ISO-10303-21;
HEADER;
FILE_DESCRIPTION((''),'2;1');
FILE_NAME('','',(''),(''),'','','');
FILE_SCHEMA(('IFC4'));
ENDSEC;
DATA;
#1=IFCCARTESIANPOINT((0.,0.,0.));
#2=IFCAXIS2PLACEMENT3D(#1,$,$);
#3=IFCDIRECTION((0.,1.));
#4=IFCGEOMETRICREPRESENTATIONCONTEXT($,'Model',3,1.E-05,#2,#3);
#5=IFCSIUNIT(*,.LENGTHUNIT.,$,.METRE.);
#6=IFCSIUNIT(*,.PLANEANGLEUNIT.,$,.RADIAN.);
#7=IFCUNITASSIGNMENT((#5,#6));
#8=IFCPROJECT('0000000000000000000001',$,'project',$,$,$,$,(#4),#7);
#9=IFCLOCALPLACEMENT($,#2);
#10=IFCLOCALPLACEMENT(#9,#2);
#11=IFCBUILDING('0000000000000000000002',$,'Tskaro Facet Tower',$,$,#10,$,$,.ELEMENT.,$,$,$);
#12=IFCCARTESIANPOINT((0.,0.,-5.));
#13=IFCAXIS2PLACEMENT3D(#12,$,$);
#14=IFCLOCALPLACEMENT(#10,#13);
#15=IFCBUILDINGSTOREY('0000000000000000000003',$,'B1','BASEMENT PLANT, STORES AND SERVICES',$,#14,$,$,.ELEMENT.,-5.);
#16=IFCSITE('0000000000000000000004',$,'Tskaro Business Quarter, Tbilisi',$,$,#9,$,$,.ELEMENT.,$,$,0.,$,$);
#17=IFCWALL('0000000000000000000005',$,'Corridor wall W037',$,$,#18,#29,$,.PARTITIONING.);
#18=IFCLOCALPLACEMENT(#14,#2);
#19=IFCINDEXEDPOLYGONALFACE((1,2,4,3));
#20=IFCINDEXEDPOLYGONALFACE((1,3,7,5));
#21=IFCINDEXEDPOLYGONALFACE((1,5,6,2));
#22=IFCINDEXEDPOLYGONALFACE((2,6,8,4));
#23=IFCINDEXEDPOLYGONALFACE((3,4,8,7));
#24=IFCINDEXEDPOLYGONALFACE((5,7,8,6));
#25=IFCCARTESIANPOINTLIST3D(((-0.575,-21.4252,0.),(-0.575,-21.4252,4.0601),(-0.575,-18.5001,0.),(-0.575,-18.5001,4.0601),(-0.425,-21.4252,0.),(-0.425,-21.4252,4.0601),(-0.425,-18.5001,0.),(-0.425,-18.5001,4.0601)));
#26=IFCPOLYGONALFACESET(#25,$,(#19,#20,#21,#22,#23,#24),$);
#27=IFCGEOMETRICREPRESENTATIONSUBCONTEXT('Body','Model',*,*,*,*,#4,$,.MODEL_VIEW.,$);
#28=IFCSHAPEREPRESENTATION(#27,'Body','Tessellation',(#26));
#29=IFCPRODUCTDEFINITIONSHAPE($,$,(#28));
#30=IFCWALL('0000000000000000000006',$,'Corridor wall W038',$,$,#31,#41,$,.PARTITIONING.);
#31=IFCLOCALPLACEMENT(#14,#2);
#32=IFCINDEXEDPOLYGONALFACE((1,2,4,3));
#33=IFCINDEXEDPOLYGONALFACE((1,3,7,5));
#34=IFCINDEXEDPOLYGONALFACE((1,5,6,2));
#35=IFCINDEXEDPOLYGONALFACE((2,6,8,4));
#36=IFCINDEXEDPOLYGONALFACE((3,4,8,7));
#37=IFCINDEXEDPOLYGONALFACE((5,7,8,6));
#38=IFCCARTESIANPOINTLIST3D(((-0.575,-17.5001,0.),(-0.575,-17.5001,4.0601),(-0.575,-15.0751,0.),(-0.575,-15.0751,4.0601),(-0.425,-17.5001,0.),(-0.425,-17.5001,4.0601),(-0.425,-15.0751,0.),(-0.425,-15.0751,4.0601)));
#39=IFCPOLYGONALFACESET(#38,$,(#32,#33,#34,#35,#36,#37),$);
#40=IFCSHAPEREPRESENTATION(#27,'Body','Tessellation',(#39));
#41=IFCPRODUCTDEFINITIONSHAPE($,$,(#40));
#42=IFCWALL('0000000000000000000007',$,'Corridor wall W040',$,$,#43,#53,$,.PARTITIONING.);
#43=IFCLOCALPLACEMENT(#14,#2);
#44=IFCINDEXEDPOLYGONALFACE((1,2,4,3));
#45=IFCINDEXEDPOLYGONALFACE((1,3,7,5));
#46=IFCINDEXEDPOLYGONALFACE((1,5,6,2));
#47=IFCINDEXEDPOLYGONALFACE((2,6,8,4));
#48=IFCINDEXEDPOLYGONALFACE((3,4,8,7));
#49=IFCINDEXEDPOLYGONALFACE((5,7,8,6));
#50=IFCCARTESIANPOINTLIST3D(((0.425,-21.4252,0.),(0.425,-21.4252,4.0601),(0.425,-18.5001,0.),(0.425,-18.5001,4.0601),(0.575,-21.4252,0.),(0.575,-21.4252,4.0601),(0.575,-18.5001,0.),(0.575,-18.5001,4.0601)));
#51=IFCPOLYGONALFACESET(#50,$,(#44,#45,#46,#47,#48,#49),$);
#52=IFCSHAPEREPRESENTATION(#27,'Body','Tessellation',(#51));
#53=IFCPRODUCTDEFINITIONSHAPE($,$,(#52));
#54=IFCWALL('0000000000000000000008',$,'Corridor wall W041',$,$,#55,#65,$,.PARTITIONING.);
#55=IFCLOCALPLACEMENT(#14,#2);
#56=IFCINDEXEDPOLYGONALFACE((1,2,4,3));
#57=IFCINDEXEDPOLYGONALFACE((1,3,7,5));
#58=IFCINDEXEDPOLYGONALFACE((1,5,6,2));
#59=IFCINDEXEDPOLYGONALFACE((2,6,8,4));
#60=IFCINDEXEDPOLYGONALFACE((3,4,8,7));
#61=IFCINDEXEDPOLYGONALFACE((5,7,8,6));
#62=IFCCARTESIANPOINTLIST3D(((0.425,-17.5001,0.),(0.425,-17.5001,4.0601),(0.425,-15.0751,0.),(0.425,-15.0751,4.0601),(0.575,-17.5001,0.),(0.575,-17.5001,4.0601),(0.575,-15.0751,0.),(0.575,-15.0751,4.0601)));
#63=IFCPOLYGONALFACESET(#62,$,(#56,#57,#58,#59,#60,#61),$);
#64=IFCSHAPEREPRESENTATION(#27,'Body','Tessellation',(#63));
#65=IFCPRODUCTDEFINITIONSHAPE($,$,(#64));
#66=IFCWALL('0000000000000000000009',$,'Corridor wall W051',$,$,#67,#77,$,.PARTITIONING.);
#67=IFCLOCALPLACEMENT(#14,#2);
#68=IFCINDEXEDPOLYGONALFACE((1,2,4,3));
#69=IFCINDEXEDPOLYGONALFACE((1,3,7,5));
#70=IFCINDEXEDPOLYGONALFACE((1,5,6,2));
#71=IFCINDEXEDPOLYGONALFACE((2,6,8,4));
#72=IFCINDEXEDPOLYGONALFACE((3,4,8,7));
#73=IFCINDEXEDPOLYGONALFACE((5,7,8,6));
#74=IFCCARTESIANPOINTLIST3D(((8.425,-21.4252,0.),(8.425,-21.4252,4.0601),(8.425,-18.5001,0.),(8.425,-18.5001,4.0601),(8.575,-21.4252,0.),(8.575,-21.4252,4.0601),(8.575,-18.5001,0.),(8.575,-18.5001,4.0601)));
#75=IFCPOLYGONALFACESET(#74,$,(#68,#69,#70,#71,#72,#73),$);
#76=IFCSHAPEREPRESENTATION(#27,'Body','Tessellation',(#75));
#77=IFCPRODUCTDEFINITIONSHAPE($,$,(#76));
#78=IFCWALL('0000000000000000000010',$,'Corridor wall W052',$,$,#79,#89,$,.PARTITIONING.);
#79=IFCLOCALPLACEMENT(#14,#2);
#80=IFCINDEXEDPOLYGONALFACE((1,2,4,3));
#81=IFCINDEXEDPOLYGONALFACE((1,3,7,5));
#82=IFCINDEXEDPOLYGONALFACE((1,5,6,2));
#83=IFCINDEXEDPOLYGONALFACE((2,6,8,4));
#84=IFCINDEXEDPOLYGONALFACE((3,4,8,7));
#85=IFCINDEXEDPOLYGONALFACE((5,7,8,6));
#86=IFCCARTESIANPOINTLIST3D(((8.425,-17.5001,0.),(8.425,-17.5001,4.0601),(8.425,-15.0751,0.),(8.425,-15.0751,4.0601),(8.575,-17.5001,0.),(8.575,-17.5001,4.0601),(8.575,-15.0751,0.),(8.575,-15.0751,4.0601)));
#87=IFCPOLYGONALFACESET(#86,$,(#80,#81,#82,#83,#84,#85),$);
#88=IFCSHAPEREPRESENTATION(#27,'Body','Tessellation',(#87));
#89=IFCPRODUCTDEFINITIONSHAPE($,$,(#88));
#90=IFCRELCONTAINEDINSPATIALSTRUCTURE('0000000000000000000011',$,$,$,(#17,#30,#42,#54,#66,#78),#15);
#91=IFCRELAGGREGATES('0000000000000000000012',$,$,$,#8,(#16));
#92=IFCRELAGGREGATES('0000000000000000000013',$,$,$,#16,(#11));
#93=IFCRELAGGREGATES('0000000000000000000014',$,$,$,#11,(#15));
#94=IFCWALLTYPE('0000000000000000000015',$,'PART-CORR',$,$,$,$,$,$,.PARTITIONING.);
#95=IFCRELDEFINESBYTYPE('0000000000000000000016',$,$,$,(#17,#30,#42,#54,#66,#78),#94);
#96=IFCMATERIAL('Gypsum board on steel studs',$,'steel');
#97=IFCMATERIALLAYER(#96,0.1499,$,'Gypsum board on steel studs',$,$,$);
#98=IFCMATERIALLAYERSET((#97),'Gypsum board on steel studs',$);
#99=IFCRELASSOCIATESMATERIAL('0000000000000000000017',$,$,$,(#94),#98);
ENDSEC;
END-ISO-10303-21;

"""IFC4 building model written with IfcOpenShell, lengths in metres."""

from ifc_helpers import new_model, si_unit, direction, frame, frame_2d, origin, place, context, subcontext, project, spatial, rectangle, extrude, material, layer, layer_set, type_object, element, save


model = new_model("IFC4")

# Units and contexts
model_context = context("Model", 3, precision=1e-05, world=origin(), true_north=direction((0.0, 1.0)))
body_context = subcontext(model_context, "Body", "Model", "MODEL_VIEW")
ifc_project = project(units=[si_unit("LENGTHUNIT", "METRE"), si_unit("PLANEANGLEUNIT", "RADIAN")], contexts=[model_context])

# Site, building, storey
site_placement = place(None, origin())
site = spatial("IfcSite", under=ifc_project, at=site_placement, Name="Tskaro Business Quarter, Tbilisi", CompositionType="ELEMENT", RefElevation=0.0)
building_placement = place(site_placement, origin())
building = spatial("IfcBuilding", under=site, at=building_placement, Name="Tskaro Facet Tower", CompositionType="ELEMENT")
storey_placement = place(building_placement, frame((0.0, 0.0, -5.0)))
storey = spatial("IfcBuildingStorey", under=building, at=storey_placement, Name="B1", Description="BASEMENT PLANT, STORES AND SERVICES", CompositionType="ELEMENT", Elevation=-5.0)

# Shared definitions
ifc_material_1 = material(Name="Gypsum board on steel studs", Category="steel")
ifc_layer = layer(ifc_material_1, 0.1499, Name="Gypsum board on steel studs")
ifc_layer_set = layer_set([ifc_layer], Name="Gypsum board on steel studs")
wall_type = type_object("IfcWallType", Name="PART-CORR", PredefinedType="PARTITIONING", material=ifc_layer_set)

# Walls
wall_1_placement = place(storey_placement, frame((-0.5, -21.425, 0.0), z_axis=(0.0, 0.0, 1.0), x_axis=(0.0, 1.0, 0.0)))
element("IfcWall", 1, at=wall_1_placement, inside=storey, type_object=wall_type, Name="Corridor wall W037", PredefinedType="PARTITIONING", context=body_context, shape_type="SweptSolid", body=[
    extrude(rectangle(XDim=2.925, YDim=0.1499, at=frame_2d((1.4624, 0.0))), origin(), (0.0, 0.0, 1.0), 4.0601),
])
wall_2_placement = place(storey_placement, frame((-0.5, -17.5, 0.0), z_axis=(0.0, 0.0, 1.0), x_axis=(0.0, 1.0, 0.0)))
element("IfcWall", 2, at=wall_2_placement, inside=storey, type_object=wall_type, Name="Corridor wall W038", PredefinedType="PARTITIONING", context=body_context, shape_type="SweptSolid", body=[
    extrude(rectangle(XDim=2.425, YDim=0.1499, at=frame_2d((1.2124, 0.0))), origin(), (0.0, 0.0, 1.0), 4.0601),
])
wall_3_placement = place(storey_placement, frame((0.5, -21.425, 0.0), z_axis=(0.0, 0.0, 1.0), x_axis=(0.0, 1.0, 0.0)))
element("IfcWall", 3, at=wall_3_placement, inside=storey, type_object=wall_type, Name="Corridor wall W040", PredefinedType="PARTITIONING", context=body_context, shape_type="SweptSolid", body=[
    extrude(rectangle(XDim=2.925, YDim=0.1499, at=frame_2d((1.4624, 0.0))), origin(), (0.0, 0.0, 1.0), 4.0601),
])
wall_4_placement = place(storey_placement, frame((0.5, -17.5, 0.0), z_axis=(0.0, 0.0, 1.0), x_axis=(0.0, 1.0, 0.0)))
element("IfcWall", 4, at=wall_4_placement, inside=storey, type_object=wall_type, Name="Corridor wall W041", PredefinedType="PARTITIONING", context=body_context, shape_type="SweptSolid", body=[
    extrude(rectangle(XDim=2.425, YDim=0.1499, at=frame_2d((1.2124, 0.0))), origin(), (0.0, 0.0, 1.0), 4.0601),
])
wall_5_placement = place(storey_placement, frame((8.5, -21.425, 0.0), z_axis=(0.0, 0.0, 1.0), x_axis=(0.0, 1.0, 0.0)))
element("IfcWall", 5, at=wall_5_placement, inside=storey, type_object=wall_type, Name="Corridor wall W051", PredefinedType="PARTITIONING", context=body_context, shape_type="SweptSolid", body=[
    extrude(rectangle(XDim=2.925, YDim=0.1499, at=frame_2d((1.4624, 0.0))), origin(), (0.0, 0.0, 1.0), 4.0601),
])
wall_6_placement = place(storey_placement, frame((8.5, -17.5, 0.0), z_axis=(0.0, 0.0, 1.0), x_axis=(0.0, 1.0, 0.0)))
element("IfcWall", 6, at=wall_6_placement, inside=storey, type_object=wall_type, Name="Corridor wall W052", PredefinedType="PARTITIONING", context=body_context, shape_type="SweptSolid", body=[
    extrude(rectangle(XDim=2.425, YDim=0.1499, at=frame_2d((1.2124, 0.0))), origin(), (0.0, 0.0, 1.0), 4.0601),
])

save(model, "model.ifc")
